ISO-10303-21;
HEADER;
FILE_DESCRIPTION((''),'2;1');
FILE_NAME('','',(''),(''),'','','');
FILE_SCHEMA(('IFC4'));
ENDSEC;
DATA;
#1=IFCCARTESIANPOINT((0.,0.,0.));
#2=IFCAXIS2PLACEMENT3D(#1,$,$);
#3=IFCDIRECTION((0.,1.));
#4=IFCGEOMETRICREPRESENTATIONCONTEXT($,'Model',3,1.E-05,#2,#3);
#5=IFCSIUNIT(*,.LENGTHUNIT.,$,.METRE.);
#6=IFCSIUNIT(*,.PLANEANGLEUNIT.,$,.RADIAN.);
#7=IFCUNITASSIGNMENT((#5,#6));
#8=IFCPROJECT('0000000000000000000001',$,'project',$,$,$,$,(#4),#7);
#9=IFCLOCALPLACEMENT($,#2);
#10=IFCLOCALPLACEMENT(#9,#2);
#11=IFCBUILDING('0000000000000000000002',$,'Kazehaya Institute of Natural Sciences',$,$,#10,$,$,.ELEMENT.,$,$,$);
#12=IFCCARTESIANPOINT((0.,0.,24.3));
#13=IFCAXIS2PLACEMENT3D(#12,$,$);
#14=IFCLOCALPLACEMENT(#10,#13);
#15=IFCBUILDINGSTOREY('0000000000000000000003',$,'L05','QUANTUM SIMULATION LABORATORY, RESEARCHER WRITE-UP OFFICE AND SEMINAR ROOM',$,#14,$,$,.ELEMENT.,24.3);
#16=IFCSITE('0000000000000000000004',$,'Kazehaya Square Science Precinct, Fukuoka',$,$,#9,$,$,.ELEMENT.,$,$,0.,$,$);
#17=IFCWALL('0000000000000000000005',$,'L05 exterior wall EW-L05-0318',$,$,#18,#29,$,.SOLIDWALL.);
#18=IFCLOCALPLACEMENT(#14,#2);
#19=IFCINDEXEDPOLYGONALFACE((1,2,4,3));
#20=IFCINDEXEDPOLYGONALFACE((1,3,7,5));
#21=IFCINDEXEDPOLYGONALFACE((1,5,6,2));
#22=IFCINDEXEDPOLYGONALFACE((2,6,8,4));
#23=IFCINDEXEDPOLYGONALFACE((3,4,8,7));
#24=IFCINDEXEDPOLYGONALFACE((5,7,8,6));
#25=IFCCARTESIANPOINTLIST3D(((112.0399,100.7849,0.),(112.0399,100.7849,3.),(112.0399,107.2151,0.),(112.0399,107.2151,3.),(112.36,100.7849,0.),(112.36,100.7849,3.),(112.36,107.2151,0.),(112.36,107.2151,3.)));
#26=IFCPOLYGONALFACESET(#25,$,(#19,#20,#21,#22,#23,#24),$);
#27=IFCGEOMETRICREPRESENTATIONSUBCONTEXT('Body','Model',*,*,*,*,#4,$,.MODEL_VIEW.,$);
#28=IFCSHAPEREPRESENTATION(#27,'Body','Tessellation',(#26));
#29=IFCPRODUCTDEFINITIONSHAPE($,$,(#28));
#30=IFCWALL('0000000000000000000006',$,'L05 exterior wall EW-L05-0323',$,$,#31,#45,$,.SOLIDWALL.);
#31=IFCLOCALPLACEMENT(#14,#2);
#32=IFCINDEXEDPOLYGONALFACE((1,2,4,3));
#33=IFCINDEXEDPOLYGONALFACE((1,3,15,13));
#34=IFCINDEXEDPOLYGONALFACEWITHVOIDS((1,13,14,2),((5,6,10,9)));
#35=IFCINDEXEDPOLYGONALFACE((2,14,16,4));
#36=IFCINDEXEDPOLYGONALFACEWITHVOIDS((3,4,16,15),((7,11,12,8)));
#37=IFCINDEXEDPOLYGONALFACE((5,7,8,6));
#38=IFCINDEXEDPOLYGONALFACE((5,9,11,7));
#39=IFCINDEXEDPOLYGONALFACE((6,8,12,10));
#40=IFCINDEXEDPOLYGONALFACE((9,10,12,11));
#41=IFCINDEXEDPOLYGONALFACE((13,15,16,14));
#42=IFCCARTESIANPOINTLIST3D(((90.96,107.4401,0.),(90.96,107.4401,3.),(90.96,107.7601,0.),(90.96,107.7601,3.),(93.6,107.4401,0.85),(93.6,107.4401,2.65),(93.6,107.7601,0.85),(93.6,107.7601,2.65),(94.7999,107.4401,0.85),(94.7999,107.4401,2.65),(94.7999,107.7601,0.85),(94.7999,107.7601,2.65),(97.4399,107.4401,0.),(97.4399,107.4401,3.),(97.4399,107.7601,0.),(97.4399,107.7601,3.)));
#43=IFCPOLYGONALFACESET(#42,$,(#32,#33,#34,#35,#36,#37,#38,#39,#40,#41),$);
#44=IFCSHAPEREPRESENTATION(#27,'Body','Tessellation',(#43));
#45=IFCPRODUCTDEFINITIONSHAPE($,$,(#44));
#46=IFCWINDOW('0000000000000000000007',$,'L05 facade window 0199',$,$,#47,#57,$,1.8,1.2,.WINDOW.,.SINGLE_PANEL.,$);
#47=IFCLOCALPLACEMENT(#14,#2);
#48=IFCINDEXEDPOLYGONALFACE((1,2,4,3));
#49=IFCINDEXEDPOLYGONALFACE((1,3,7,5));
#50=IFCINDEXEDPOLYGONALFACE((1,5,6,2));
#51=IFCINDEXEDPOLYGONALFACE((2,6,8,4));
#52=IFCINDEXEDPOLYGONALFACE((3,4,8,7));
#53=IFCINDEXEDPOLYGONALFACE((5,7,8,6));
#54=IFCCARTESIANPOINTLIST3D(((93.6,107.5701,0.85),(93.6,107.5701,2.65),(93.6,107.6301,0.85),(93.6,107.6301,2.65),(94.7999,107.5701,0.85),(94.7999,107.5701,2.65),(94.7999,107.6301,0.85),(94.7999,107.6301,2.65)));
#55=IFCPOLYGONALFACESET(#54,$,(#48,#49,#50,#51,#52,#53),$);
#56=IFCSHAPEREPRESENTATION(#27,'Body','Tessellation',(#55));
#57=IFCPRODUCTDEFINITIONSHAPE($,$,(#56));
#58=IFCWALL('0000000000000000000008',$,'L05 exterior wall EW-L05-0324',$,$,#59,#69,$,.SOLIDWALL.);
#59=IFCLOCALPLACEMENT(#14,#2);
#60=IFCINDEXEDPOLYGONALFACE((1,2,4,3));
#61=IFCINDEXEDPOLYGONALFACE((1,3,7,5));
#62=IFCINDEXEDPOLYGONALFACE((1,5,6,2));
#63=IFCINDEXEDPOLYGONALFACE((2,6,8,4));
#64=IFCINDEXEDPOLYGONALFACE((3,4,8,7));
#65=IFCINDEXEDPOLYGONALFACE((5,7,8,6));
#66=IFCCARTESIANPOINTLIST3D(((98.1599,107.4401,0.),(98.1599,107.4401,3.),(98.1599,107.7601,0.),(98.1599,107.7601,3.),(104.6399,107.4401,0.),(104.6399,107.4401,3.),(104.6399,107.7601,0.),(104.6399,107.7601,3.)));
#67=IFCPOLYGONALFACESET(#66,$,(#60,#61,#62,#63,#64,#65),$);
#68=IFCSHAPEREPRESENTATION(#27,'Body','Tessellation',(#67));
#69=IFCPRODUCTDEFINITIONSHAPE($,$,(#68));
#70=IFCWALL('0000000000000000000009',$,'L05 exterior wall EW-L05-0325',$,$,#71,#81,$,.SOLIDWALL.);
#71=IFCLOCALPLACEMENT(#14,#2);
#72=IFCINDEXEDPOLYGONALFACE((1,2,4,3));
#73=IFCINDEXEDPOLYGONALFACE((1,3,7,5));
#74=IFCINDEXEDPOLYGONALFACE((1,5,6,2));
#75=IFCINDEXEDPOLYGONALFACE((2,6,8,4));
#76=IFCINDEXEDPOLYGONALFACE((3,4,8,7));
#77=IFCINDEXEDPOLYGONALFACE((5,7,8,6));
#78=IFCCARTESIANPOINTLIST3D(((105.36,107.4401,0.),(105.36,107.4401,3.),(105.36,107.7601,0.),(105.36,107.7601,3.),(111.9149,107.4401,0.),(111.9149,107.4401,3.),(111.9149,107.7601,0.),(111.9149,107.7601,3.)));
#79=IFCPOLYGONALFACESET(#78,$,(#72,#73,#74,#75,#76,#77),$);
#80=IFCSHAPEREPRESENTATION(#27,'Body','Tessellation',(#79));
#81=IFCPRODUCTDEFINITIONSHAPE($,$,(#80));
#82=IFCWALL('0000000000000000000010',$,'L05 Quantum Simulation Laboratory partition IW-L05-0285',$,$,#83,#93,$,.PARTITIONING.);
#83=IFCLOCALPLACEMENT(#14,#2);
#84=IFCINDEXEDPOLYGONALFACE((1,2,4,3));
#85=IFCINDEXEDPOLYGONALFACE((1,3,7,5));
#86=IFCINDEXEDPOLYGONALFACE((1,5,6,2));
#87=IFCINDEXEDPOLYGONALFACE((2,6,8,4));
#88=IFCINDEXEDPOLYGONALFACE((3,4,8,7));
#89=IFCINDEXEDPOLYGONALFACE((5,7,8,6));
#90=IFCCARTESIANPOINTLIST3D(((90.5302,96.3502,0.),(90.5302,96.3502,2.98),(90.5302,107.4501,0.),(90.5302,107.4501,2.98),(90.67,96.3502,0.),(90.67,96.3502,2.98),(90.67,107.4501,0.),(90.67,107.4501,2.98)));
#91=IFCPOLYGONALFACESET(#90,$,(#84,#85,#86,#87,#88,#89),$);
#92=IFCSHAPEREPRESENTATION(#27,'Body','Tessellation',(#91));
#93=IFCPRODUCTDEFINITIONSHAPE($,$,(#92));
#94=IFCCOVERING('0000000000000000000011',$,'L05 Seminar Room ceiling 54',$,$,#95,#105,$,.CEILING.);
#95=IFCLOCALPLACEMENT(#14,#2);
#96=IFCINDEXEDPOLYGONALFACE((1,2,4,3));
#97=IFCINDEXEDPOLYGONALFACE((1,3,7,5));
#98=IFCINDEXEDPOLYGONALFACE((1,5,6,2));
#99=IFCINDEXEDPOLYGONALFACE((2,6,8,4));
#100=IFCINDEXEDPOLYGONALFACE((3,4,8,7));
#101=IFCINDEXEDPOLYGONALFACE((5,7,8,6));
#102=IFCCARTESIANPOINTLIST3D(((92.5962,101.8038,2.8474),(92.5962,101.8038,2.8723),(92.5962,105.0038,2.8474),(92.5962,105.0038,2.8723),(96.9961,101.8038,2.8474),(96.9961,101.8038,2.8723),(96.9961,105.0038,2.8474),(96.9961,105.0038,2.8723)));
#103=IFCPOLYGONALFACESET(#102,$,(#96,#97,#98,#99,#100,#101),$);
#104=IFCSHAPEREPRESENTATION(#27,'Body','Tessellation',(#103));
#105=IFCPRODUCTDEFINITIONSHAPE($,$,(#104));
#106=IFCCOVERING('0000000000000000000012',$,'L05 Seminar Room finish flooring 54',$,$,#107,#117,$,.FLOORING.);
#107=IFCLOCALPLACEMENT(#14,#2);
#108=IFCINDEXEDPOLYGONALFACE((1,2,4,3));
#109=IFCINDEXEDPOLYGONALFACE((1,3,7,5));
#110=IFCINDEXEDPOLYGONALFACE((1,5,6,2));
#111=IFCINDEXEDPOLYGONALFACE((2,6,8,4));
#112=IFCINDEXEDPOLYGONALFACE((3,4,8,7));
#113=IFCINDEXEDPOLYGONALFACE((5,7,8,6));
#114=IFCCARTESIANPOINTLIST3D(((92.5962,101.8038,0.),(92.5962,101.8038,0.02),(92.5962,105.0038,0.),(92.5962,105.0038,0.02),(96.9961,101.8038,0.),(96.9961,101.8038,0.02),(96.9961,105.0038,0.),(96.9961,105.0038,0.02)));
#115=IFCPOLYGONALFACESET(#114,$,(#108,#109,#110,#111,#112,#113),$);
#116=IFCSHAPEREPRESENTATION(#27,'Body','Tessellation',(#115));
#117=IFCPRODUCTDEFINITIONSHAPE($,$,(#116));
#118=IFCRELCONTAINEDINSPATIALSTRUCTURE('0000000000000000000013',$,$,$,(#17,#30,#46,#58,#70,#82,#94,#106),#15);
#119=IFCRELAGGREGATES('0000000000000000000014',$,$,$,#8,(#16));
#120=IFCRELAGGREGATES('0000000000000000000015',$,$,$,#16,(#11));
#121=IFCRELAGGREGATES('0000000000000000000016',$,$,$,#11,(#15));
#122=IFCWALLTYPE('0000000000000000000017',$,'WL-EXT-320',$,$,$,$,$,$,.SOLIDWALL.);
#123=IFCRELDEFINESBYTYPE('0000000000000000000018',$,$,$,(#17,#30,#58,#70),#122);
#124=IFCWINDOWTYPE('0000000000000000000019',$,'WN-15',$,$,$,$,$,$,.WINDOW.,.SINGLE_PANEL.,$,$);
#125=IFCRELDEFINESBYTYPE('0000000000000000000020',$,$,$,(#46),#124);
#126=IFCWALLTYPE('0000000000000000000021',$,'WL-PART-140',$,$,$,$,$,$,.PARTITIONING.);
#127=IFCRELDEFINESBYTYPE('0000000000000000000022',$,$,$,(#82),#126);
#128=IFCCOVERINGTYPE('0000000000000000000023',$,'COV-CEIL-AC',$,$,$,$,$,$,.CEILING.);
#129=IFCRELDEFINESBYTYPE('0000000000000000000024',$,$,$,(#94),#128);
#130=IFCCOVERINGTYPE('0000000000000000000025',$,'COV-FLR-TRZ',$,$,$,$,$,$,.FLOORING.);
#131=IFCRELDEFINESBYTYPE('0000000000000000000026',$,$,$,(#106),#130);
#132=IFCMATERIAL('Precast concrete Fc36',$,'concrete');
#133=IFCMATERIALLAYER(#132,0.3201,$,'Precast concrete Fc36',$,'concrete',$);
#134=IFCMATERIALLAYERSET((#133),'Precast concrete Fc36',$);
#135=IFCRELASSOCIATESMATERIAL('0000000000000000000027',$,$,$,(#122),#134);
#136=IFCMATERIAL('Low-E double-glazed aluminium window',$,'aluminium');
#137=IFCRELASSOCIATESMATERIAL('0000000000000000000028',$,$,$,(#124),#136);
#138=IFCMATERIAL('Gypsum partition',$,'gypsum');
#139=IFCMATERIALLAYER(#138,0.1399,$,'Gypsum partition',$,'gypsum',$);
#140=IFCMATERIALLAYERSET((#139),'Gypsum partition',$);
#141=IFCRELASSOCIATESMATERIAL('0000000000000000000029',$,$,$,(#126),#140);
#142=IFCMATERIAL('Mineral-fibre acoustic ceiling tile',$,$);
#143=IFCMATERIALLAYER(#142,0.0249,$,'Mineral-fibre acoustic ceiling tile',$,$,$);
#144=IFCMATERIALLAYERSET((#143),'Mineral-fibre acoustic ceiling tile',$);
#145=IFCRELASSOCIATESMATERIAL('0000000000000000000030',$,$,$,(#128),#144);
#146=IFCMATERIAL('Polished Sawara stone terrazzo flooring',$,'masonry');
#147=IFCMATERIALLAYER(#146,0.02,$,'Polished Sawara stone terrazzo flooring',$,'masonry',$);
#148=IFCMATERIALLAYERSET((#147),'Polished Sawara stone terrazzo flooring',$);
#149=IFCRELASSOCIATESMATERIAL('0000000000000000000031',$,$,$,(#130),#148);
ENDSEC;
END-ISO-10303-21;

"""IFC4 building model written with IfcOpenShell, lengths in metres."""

from ifc_helpers import new_model, si_unit, direction, frame, frame_2d, origin, origin_2d, place, context, subcontext, project, spatial, rectangle, extrude, material, layer, layer_set, type_object, element, fill, save


model = new_model("IFC4")

# Units and contexts
model_context = context("Model", 3, precision=1e-05, world=origin(), true_north=direction((0.0, 1.0)))
body_context = subcontext(model_context, "Body", "Model", "MODEL_VIEW")
ifc_project = project(units=[si_unit("LENGTHUNIT", "METRE"), si_unit("PLANEANGLEUNIT", "RADIAN")], contexts=[model_context])

# Site, building, storey
site_placement = place(None, origin())
site = spatial("IfcSite", under=ifc_project, at=site_placement, Name="Kazehaya Square Science Precinct, Fukuoka", CompositionType="ELEMENT", RefElevation=0.0)
building_placement = place(site_placement, origin())
building = spatial("IfcBuilding", under=site, at=building_placement, Name="Kazehaya Institute of Natural Sciences", CompositionType="ELEMENT")
storey_placement = place(building_placement, frame((0.0, 0.0, 24.3)))
storey = spatial("IfcBuildingStorey", under=building, at=storey_placement, Name="L05", Description="QUANTUM SIMULATION LABORATORY, RESEARCHER WRITE-UP OFFICE AND SEMINAR ROOM", CompositionType="ELEMENT", Elevation=24.3)

# Wall
ifc_material_1 = material(Name="Precast concrete Fc36", Category="concrete")
ifc_layer_1 = layer(ifc_material_1, 0.3201, Name="Precast concrete Fc36", Category="concrete")
ifc_layer_set_1 = layer_set([ifc_layer_1], Name="Precast concrete Fc36")
wall_type_1 = type_object("IfcWallType", Name="WL-EXT-320", PredefinedType="SOLIDWALL", material=ifc_layer_set_1)
wall_1_placement = place(storey_placement, frame((112.2, 107.2151, 0.0), z_axis=(0.0, 0.0, 1.0), x_axis=(0.0, -1.0, 0.0)))
element("IfcWall", 1, at=wall_1_placement, inside=storey, type_object=wall_type_1, Name="L05 exterior wall EW-L05-0318", PredefinedType="SOLIDWALL", context=body_context, shape_type="SweptSolid", body=[
    extrude(rectangle(XDim=6.4302, YDim=0.3201, at=frame_2d((3.2151, 0.0))), origin(), (0.0, 0.0, 1.0), 3.0),
])

# Wall, opening, window
wall_2_placement = place(storey_placement, frame((90.96, 107.6001, 0.0), z_axis=(0.0, 0.0, 1.0), x_axis=(1.0, 0.0, 0.0)))
wall_2 = element("IfcWall", 2, at=wall_2_placement, inside=storey, type_object=wall_type_1, Name="L05 exterior wall EW-L05-0323", PredefinedType="SOLIDWALL", context=body_context, shape_type="SweptSolid", body=[
    extrude(rectangle(XDim=6.48, YDim=0.3201, at=frame_2d((3.24, 0.0))), origin(), (0.0, 0.0, 1.0), 3.0),
])
opening_placement = place(wall_2_placement, frame((2.6399, 0.0, 0.8501)))
opening = element("IfcOpeningElement", 3, at=opening_placement, cuts=wall_2, PredefinedType="OPENING", context=body_context, shape_type="SweptSolid", body=[
    extrude(rectangle(XDim=1.2, YDim=1.8, at=frame_2d((0.6001, 0.8999))), frame((0.0, 0.1699, 0.0), z_axis=(0.0, -1.0, 0.0), x_axis=(1.0, 0.0, 0.0)), (0.0, 0.0, 1.0), 0.3401),
])
ifc_material_2 = material(Name="Low-E double-glazed aluminium window", Category="aluminium")
window_type = type_object("IfcWindowType", Name="WN-15", PartitioningType="SINGLE_PANEL", PredefinedType="WINDOW", material=ifc_material_2)
window_placement = place(opening_placement, origin())
window = element("IfcWindow", 4, at=window_placement, inside=storey, type_object=window_type, Name="L05 facade window 0199", OverallHeight=1.8, OverallWidth=1.2, PartitioningType="SINGLE_PANEL", PredefinedType="WINDOW", context=body_context, shape_type="SweptSolid", body=[
    extrude(rectangle(XDim=1.2, YDim=1.8, at=frame_2d((0.6001, 0.8999))), frame((0.0, 0.03, 0.0), z_axis=(0.0, -1.0, 0.0), x_axis=(1.0, 0.0, 0.0)), (0.0, 0.0, 1.0), 0.0601),
])
fill(opening, window)

# Walls
wall_3_placement = place(storey_placement, frame((98.1599, 107.6001, 0.0), z_axis=(0.0, 0.0, 1.0), x_axis=(1.0, 0.0, 0.0)))
element("IfcWall", 5, at=wall_3_placement, inside=storey, type_object=wall_type_1, Name="L05 exterior wall EW-L05-0324", PredefinedType="SOLIDWALL", context=body_context, shape_type="SweptSolid", body=[
    extrude(rectangle(XDim=6.48, YDim=0.3201, at=frame_2d((3.24, 0.0))), origin(), (0.0, 0.0, 1.0), 3.0),
])
wall_4_placement = place(storey_placement, frame((105.3601, 107.6001, 0.0), z_axis=(0.0, 0.0, 1.0), x_axis=(1.0, 0.0, 0.0)))
element("IfcWall", 6, at=wall_4_placement, inside=storey, type_object=wall_type_1, Name="L05 exterior wall EW-L05-0325", PredefinedType="SOLIDWALL", context=body_context, shape_type="SweptSolid", body=[
    extrude(rectangle(XDim=6.5549, YDim=0.3201, at=frame_2d((3.2773, 0.0))), origin(), (0.0, 0.0, 1.0), 3.0),
])
ifc_material_3 = material(Name="Gypsum partition", Category="gypsum")
ifc_layer_2 = layer(ifc_material_3, 0.1399, Name="Gypsum partition", Category="gypsum")
ifc_layer_set_2 = layer_set([ifc_layer_2], Name="Gypsum partition")
wall_type_2 = type_object("IfcWallType", Name="WL-PART-140", PredefinedType="PARTITIONING", material=ifc_layer_set_2)
wall_5_placement = place(storey_placement, frame((90.6001, 107.45, 0.0), z_axis=(0.0, 0.0, 1.0), x_axis=(0.0, -1.0, 0.0)))
element("IfcWall", 7, at=wall_5_placement, inside=storey, type_object=wall_type_2, Name="L05 Quantum Simulation Laboratory partition IW-L05-0285", PredefinedType="PARTITIONING", context=body_context, shape_type="SweptSolid", body=[
    extrude(rectangle(XDim=11.0999, YDim=0.1399, at=frame_2d((5.5498, 0.0))), origin(), (0.0, 0.0, 1.0), 2.98),
])

# Coverings
ifc_material_4 = material(Name="Mineral-fibre acoustic ceiling tile")
ifc_layer_3 = layer(ifc_material_4, 0.0249, Name="Mineral-fibre acoustic ceiling tile")
ifc_layer_set_3 = layer_set([ifc_layer_3], Name="Mineral-fibre acoustic ceiling tile")
covering_type_1 = type_object("IfcCoveringType", Name="COV-CEIL-AC", PredefinedType="CEILING", material=ifc_layer_set_3)
covering_1_placement = place(storey_placement, frame((94.7961, 103.4038, 2.8474), z_axis=(0.0, 0.0, 1.0), x_axis=(1.0, 0.0, 0.0)))
element("IfcCovering", 8, at=covering_1_placement, inside=storey, type_object=covering_type_1, Name="L05 Seminar Room ceiling 54", PredefinedType="CEILING", context=body_context, shape_type="SweptSolid", body=[
    extrude(rectangle(XDim=4.3999, YDim=3.2, at=origin_2d()), origin(), (0.0, 0.0, 1.0), 0.0249),
])
ifc_material_5 = material(Name="Polished Sawara stone terrazzo flooring", Category="masonry")
ifc_layer_4 = layer(ifc_material_5, 0.02, Name="Polished Sawara stone terrazzo flooring", Category="masonry")
ifc_layer_set_4 = layer_set([ifc_layer_4], Name="Polished Sawara stone terrazzo flooring")
covering_type_2 = type_object("IfcCoveringType", Name="COV-FLR-TRZ", PredefinedType="FLOORING", material=ifc_layer_set_4)
covering_2_placement = place(storey_placement, frame((94.7961, 103.4038, 0.0), z_axis=(0.0, 0.0, 1.0), x_axis=(1.0, 0.0, 0.0)))
element("IfcCovering", 9, at=covering_2_placement, inside=storey, type_object=covering_type_2, Name="L05 Seminar Room finish flooring 54", PredefinedType="FLOORING", context=body_context, shape_type="SweptSolid", body=[
    extrude(rectangle(XDim=4.3999, YDim=3.2, at=origin_2d()), origin(), (0.0, 0.0, 1.0), 0.02),
])

save(model, "model.ifc")
